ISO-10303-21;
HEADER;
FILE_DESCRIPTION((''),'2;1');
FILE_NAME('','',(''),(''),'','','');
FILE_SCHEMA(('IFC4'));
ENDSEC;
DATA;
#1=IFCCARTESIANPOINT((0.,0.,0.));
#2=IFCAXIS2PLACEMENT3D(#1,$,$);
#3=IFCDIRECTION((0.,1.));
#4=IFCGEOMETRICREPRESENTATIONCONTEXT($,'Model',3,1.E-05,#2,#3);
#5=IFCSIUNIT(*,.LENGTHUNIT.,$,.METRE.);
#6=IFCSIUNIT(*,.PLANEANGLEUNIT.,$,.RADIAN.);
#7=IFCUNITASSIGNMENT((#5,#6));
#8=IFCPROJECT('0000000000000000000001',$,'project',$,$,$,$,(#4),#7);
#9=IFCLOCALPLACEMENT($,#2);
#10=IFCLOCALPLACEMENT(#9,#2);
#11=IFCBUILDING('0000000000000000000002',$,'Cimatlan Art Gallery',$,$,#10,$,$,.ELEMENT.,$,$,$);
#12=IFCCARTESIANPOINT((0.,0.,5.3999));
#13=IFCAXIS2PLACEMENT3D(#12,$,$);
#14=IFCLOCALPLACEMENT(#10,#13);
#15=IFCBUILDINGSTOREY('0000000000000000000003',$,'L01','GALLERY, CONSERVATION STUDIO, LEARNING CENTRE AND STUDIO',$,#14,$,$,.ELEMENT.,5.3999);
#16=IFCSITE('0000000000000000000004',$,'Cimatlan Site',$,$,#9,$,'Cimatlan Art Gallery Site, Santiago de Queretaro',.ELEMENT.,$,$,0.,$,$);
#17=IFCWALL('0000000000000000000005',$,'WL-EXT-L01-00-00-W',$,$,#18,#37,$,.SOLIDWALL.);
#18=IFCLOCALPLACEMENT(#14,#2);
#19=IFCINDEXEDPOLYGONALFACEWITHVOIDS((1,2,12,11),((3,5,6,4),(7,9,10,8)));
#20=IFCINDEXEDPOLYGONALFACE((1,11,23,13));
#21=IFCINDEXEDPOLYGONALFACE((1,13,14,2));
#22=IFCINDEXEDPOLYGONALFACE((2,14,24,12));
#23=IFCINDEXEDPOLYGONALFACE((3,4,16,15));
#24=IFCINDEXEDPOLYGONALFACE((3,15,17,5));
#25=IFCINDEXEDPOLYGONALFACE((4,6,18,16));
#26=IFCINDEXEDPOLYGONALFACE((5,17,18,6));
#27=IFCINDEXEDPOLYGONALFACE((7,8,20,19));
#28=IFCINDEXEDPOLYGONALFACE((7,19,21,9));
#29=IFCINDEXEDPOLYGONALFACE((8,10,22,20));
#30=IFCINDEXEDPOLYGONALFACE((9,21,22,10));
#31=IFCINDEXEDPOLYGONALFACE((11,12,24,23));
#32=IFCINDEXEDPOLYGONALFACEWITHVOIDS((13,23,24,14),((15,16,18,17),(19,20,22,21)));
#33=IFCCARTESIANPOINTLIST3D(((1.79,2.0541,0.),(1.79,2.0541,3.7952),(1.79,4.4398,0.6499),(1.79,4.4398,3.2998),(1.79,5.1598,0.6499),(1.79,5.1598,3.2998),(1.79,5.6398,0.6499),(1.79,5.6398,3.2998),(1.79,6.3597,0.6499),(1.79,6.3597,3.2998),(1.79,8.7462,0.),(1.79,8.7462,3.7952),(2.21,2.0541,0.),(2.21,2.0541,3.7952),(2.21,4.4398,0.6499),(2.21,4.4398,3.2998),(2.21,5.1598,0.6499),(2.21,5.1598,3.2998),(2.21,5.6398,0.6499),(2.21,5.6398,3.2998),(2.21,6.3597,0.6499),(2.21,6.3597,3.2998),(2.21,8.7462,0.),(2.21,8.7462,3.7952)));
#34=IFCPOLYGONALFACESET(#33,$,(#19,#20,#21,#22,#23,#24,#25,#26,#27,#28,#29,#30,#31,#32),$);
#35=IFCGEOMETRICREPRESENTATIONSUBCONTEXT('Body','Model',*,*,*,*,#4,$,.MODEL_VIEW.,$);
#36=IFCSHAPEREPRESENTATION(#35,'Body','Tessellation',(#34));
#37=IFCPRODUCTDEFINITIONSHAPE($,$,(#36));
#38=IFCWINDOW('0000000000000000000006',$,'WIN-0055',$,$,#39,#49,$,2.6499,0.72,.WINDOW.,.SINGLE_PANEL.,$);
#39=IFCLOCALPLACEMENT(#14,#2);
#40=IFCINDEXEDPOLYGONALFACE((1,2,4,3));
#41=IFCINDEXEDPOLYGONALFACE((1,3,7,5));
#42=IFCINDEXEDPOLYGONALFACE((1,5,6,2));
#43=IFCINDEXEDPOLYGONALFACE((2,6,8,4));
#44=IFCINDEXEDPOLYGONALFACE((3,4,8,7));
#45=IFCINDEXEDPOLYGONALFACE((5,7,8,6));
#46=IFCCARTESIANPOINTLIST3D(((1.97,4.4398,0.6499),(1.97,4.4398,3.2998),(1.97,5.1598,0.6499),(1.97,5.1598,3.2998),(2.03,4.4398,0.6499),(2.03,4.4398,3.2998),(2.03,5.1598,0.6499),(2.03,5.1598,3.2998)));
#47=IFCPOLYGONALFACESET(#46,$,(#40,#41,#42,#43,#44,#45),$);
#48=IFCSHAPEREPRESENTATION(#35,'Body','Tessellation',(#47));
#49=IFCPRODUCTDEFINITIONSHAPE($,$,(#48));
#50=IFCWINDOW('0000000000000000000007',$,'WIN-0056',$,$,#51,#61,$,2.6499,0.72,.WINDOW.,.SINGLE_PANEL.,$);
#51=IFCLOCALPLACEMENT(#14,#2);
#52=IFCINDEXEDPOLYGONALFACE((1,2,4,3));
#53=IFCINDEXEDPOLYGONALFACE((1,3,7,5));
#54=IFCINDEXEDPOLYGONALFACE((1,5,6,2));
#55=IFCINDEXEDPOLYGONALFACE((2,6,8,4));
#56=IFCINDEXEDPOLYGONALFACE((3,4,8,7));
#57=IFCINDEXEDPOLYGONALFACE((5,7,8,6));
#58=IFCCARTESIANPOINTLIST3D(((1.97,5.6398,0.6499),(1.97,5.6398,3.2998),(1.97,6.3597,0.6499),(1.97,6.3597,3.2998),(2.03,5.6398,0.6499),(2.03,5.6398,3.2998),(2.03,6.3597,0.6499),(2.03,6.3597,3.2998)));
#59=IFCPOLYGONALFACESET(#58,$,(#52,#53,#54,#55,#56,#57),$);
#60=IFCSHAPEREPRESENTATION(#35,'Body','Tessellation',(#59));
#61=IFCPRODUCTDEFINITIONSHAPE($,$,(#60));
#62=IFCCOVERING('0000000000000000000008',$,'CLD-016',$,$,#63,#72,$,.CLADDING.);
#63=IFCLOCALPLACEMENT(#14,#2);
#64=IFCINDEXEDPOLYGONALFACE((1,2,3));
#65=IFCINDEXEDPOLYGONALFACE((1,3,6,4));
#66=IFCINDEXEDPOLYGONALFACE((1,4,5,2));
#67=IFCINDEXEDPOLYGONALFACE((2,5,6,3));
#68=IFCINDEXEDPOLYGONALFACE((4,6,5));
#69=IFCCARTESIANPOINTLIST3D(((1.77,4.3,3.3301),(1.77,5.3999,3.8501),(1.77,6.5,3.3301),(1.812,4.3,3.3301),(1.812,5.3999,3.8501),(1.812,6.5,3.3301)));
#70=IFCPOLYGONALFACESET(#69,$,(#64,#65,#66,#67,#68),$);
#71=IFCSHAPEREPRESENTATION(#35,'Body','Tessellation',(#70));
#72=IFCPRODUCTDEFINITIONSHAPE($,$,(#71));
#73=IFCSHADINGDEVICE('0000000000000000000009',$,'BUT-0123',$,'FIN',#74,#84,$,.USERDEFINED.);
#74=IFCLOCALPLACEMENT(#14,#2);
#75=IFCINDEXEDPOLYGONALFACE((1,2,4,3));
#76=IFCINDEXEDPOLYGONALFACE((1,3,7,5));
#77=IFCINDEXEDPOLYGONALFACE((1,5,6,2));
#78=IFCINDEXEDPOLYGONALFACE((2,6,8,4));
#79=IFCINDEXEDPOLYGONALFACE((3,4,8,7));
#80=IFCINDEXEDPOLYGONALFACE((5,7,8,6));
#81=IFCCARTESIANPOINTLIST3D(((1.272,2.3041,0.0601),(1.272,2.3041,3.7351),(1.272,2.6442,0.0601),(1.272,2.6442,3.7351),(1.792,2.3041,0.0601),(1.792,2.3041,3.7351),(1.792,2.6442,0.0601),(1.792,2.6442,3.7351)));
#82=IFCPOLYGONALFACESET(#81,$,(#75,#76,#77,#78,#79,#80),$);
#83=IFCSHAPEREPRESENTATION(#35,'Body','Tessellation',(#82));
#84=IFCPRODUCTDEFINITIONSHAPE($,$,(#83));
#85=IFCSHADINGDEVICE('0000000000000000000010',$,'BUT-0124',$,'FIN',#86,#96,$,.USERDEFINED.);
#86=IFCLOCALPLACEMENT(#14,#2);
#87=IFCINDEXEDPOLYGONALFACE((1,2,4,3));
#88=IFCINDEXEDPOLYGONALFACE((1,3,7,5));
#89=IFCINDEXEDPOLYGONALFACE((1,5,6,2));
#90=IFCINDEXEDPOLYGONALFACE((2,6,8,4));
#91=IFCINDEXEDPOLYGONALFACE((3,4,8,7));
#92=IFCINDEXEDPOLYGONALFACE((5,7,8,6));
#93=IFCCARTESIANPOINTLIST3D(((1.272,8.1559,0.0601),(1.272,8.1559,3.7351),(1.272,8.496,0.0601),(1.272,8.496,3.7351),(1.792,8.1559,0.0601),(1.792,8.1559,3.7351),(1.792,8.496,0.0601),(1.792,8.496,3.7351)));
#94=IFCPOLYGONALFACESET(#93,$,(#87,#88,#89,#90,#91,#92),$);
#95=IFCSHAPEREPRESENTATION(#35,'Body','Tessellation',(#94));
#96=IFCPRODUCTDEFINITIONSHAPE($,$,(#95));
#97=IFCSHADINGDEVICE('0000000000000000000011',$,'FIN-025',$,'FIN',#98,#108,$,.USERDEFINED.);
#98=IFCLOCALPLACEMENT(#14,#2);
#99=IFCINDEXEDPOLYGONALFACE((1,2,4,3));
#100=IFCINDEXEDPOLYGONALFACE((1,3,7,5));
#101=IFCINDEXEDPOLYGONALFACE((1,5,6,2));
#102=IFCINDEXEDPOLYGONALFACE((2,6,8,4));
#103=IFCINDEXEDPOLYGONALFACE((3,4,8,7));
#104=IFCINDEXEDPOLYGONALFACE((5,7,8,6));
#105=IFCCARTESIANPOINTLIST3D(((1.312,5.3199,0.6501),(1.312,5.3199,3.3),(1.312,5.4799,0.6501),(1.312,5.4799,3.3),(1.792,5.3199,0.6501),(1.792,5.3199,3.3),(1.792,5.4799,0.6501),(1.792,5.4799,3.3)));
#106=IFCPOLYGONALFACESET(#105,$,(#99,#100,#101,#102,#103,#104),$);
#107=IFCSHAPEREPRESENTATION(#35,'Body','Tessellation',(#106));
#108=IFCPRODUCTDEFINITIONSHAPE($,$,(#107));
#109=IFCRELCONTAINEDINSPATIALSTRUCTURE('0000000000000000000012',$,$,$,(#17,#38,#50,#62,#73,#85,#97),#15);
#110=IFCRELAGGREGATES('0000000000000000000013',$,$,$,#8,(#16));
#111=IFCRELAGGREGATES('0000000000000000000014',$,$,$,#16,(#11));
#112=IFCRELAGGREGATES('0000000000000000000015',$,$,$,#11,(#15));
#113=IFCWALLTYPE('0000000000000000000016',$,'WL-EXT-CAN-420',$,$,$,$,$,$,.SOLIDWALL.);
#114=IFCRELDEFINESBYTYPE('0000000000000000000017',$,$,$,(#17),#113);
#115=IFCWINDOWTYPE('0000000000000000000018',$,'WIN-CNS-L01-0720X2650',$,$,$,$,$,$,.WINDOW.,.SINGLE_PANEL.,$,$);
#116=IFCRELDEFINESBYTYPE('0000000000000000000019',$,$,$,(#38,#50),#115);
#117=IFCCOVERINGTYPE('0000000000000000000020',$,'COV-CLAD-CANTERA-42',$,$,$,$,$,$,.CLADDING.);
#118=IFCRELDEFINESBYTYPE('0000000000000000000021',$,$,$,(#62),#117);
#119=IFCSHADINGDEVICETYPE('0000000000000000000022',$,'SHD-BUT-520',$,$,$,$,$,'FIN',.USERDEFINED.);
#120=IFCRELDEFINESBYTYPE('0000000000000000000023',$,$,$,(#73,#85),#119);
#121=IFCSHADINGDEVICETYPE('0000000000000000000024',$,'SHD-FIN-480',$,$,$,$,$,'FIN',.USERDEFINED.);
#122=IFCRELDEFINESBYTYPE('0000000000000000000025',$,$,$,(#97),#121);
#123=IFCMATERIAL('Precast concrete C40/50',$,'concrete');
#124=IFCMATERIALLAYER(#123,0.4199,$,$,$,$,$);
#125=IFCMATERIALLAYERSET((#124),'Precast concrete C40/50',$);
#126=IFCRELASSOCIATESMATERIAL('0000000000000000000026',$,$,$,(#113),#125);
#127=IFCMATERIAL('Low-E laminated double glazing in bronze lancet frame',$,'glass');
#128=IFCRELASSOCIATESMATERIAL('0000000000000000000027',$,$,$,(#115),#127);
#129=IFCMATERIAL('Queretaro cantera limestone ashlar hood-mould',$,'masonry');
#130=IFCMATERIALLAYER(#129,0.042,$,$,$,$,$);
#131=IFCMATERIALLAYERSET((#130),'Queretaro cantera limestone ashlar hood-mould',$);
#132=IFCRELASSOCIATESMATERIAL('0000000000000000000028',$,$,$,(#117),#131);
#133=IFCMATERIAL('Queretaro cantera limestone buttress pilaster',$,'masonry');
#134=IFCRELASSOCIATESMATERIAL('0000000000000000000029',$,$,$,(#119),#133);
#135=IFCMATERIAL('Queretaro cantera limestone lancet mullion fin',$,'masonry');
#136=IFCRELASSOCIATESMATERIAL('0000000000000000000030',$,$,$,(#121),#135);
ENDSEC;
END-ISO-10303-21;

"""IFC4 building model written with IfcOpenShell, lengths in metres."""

from ifc_helpers import new_model, si_unit, direction, frame, frame_2d, origin, origin_2d, place, context, subcontext, project, spatial, polyline, rectangle, outline, extrude, material, layer, layer_set, type_object, element, fill, save


model = new_model("IFC4")

# Units and contexts
model_context = context("Model", 3, precision=1e-05, world=origin(), true_north=direction((0.0, 1.0)))
body_context = subcontext(model_context, "Body", "Model", "MODEL_VIEW")
ifc_project = project(units=[si_unit("LENGTHUNIT", "METRE"), si_unit("PLANEANGLEUNIT", "RADIAN")], contexts=[model_context])

# Site, building, storey
site_placement = place(None, origin())
site = spatial("IfcSite", under=ifc_project, at=site_placement, Name="Cimatlan Site", LongName="Cimatlan Art Gallery Site, Santiago de Queretaro", CompositionType="ELEMENT", RefElevation=0.0)
building_placement = place(site_placement, origin())
building = spatial("IfcBuilding", under=site, at=building_placement, Name="Cimatlan Art Gallery", CompositionType="ELEMENT")
storey_placement = place(building_placement, frame((0.0, 0.0, 5.3999)))
storey = spatial("IfcBuildingStorey", under=building, at=storey_placement, Name="L01", Description="GALLERY, CONSERVATION STUDIO, LEARNING CENTRE AND STUDIO", CompositionType="ELEMENT", Elevation=5.3999)

# Wall, openings, windows
ifc_material_1 = material(Name="Precast concrete C40/50", Category="concrete")
ifc_layer_1 = layer(ifc_material_1, 0.4199)
ifc_layer_set_1 = layer_set([ifc_layer_1], Name="Precast concrete C40/50")
wall_type = type_object("IfcWallType", Name="WL-EXT-CAN-420", PredefinedType="SOLIDWALL", material=ifc_layer_set_1)
wall_placement = place(storey_placement, frame((2.0, 2.054, 0.0), z_axis=(0.0, 0.0, 1.0), x_axis=(0.0, 1.0, 0.0)))
wall = element("IfcWall", 1, at=wall_placement, inside=storey, type_object=wall_type, Name="WL-EXT-L01-00-00-W", PredefinedType="SOLIDWALL", context=body_context, shape_type="SweptSolid", body=[
    extrude(rectangle(XDim=6.6921, YDim=0.4199, at=frame_2d((3.3462, 0.0))), origin(), (0.0, 0.0, 1.0), 3.7952),
])
opening_1_placement = place(wall_placement, frame((2.386, 0.0, 0.6499)))
opening_1 = element("IfcOpeningElement", 2, at=opening_1_placement, cuts=wall, PredefinedType="OPENING", context=body_context, shape_type="SweptSolid", body=[
    extrude(rectangle(XDim=0.72, YDim=2.6499, at=frame_2d((0.3599, 1.325))), frame((0.0, 0.22, 0.0), z_axis=(0.0, -1.0, 0.0), x_axis=(1.0, 0.0, 0.0)), (0.0, 0.0, 1.0), 0.4399),
])
opening_2_placement = place(wall_placement, frame((3.5859, 0.0, 0.6499)))
opening_2 = element("IfcOpeningElement", 3, at=opening_2_placement, cuts=wall, PredefinedType="OPENING", context=body_context, shape_type="SweptSolid", body=[
    extrude(rectangle(XDim=0.72, YDim=2.6499, at=frame_2d((0.3599, 1.325))), frame((0.0, 0.22, 0.0), z_axis=(0.0, -1.0, 0.0), x_axis=(1.0, 0.0, 0.0)), (0.0, 0.0, 1.0), 0.4399),
])
ifc_material_2 = material(Name="Low-E laminated double glazing in bronze lancet frame", Category="glass")
window_type = type_object("IfcWindowType", Name="WIN-CNS-L01-0720X2650", PartitioningType="SINGLE_PANEL", PredefinedType="WINDOW", material=ifc_material_2)
window_1_placement = place(opening_1_placement, origin())
window_1 = element("IfcWindow", 4, at=window_1_placement, inside=storey, type_object=window_type, Name="WIN-0055", OverallHeight=2.6499, OverallWidth=0.72, PartitioningType="SINGLE_PANEL", PredefinedType="WINDOW", context=body_context, shape_type="SweptSolid", body=[
    extrude(rectangle(XDim=0.72, YDim=2.6499, at=frame_2d((0.3599, 1.325))), frame((0.0, 0.03, 0.0), z_axis=(0.0, -1.0, 0.0), x_axis=(1.0, 0.0, 0.0)), (0.0, 0.0, 1.0), 0.0601),
])
fill(opening_1, window_1)
window_2_placement = place(opening_2_placement, origin())
window_2 = element("IfcWindow", 5, at=window_2_placement, inside=storey, type_object=window_type, Name="WIN-0056", OverallHeight=2.6499, OverallWidth=0.72, PartitioningType="SINGLE_PANEL", PredefinedType="WINDOW", context=body_context, shape_type="SweptSolid", body=[
    extrude(rectangle(XDim=0.72, YDim=2.6499, at=frame_2d((0.3599, 1.325))), frame((0.0, 0.03, 0.0), z_axis=(0.0, -1.0, 0.0), x_axis=(1.0, 0.0, 0.0)), (0.0, 0.0, 1.0), 0.0601),
])
fill(opening_2, window_2)

# Covering
ifc_material_3 = material(Name="Queretaro cantera limestone ashlar hood-mould", Category="masonry")
ifc_layer_2 = layer(ifc_material_3, 0.042)
ifc_layer_set_2 = layer_set([ifc_layer_2], Name="Queretaro cantera limestone ashlar hood-mould")
covering_type = type_object("IfcCoveringType", Name="COV-CLAD-CANTERA-42", PredefinedType="CLADDING", material=ifc_layer_set_2)
covering_placement = place(storey_placement, frame((1.812, 4.3, 3.3301), z_axis=(1.0, 0.0, 0.0), x_axis=(0.0, 1.0, 0.0)))
element("IfcCovering", 6, at=covering_placement, inside=storey, type_object=covering_type, Name="CLD-016", PredefinedType="CLADDING", context=body_context, shape_type="SweptSolid", body=[
    extrude(outline(polyline([(0.0, 0.0), (2.2, 0.0), (1.0999, 0.52), (0.0, 0.0)])), origin(), (0.0, 0.0, -1.0), 0.042),
])

# Shading devices
ifc_material_4 = material(Name="Queretaro cantera limestone buttress pilaster", Category="masonry")
shading_device_type_1 = type_object("IfcShadingDeviceType", Name="SHD-BUT-520", ElementType="FIN", PredefinedType="USERDEFINED", material=ifc_material_4)
for number, where, z_axis, x_axis, name in (
    (7, (1.532, 2.4741, 0.0601), (0.0, 0.0, 1.0), (0.0, 1.0, 0.0), "BUT-0123"),
    (8, (1.532, 8.3259, 0.0601), (0.0, 0.0, 1.0), (0.0, 1.0, 0.0), "BUT-0124"),
):
    element("IfcShadingDevice", number, at=place(storey_placement, frame(where, z_axis=z_axis, x_axis=x_axis)), inside=storey, type_object=shading_device_type_1, Name=name, ObjectType="FIN", PredefinedType="USERDEFINED", context=body_context, shape_type="SweptSolid", body=[
        extrude(rectangle(XDim=0.3401, YDim=0.52, at=origin_2d()), origin(), (0.0, 0.0, 1.0), 3.675),
    ])
ifc_material_5 = material(Name="Queretaro cantera limestone lancet mullion fin", Category="masonry")
shading_device_type_2 = type_object("IfcShadingDeviceType", Name="SHD-FIN-480", ElementType="FIN", PredefinedType="USERDEFINED", material=ifc_material_5)
shading_device_placement = place(storey_placement, frame((1.552, 5.3999, 0.6501), z_axis=(0.0, 0.0, 1.0), x_axis=(0.0, 1.0, 0.0)))
element("IfcShadingDevice", 9, at=shading_device_placement, inside=storey, type_object=shading_device_type_2, Name="FIN-025", ObjectType="FIN", PredefinedType="USERDEFINED", context=body_context, shape_type="SweptSolid", body=[
    extrude(rectangle(XDim=0.1599, YDim=0.48, at=origin_2d()), origin(), (0.0, 0.0, 1.0), 2.6499),
])

save(model, "model.ifc")
